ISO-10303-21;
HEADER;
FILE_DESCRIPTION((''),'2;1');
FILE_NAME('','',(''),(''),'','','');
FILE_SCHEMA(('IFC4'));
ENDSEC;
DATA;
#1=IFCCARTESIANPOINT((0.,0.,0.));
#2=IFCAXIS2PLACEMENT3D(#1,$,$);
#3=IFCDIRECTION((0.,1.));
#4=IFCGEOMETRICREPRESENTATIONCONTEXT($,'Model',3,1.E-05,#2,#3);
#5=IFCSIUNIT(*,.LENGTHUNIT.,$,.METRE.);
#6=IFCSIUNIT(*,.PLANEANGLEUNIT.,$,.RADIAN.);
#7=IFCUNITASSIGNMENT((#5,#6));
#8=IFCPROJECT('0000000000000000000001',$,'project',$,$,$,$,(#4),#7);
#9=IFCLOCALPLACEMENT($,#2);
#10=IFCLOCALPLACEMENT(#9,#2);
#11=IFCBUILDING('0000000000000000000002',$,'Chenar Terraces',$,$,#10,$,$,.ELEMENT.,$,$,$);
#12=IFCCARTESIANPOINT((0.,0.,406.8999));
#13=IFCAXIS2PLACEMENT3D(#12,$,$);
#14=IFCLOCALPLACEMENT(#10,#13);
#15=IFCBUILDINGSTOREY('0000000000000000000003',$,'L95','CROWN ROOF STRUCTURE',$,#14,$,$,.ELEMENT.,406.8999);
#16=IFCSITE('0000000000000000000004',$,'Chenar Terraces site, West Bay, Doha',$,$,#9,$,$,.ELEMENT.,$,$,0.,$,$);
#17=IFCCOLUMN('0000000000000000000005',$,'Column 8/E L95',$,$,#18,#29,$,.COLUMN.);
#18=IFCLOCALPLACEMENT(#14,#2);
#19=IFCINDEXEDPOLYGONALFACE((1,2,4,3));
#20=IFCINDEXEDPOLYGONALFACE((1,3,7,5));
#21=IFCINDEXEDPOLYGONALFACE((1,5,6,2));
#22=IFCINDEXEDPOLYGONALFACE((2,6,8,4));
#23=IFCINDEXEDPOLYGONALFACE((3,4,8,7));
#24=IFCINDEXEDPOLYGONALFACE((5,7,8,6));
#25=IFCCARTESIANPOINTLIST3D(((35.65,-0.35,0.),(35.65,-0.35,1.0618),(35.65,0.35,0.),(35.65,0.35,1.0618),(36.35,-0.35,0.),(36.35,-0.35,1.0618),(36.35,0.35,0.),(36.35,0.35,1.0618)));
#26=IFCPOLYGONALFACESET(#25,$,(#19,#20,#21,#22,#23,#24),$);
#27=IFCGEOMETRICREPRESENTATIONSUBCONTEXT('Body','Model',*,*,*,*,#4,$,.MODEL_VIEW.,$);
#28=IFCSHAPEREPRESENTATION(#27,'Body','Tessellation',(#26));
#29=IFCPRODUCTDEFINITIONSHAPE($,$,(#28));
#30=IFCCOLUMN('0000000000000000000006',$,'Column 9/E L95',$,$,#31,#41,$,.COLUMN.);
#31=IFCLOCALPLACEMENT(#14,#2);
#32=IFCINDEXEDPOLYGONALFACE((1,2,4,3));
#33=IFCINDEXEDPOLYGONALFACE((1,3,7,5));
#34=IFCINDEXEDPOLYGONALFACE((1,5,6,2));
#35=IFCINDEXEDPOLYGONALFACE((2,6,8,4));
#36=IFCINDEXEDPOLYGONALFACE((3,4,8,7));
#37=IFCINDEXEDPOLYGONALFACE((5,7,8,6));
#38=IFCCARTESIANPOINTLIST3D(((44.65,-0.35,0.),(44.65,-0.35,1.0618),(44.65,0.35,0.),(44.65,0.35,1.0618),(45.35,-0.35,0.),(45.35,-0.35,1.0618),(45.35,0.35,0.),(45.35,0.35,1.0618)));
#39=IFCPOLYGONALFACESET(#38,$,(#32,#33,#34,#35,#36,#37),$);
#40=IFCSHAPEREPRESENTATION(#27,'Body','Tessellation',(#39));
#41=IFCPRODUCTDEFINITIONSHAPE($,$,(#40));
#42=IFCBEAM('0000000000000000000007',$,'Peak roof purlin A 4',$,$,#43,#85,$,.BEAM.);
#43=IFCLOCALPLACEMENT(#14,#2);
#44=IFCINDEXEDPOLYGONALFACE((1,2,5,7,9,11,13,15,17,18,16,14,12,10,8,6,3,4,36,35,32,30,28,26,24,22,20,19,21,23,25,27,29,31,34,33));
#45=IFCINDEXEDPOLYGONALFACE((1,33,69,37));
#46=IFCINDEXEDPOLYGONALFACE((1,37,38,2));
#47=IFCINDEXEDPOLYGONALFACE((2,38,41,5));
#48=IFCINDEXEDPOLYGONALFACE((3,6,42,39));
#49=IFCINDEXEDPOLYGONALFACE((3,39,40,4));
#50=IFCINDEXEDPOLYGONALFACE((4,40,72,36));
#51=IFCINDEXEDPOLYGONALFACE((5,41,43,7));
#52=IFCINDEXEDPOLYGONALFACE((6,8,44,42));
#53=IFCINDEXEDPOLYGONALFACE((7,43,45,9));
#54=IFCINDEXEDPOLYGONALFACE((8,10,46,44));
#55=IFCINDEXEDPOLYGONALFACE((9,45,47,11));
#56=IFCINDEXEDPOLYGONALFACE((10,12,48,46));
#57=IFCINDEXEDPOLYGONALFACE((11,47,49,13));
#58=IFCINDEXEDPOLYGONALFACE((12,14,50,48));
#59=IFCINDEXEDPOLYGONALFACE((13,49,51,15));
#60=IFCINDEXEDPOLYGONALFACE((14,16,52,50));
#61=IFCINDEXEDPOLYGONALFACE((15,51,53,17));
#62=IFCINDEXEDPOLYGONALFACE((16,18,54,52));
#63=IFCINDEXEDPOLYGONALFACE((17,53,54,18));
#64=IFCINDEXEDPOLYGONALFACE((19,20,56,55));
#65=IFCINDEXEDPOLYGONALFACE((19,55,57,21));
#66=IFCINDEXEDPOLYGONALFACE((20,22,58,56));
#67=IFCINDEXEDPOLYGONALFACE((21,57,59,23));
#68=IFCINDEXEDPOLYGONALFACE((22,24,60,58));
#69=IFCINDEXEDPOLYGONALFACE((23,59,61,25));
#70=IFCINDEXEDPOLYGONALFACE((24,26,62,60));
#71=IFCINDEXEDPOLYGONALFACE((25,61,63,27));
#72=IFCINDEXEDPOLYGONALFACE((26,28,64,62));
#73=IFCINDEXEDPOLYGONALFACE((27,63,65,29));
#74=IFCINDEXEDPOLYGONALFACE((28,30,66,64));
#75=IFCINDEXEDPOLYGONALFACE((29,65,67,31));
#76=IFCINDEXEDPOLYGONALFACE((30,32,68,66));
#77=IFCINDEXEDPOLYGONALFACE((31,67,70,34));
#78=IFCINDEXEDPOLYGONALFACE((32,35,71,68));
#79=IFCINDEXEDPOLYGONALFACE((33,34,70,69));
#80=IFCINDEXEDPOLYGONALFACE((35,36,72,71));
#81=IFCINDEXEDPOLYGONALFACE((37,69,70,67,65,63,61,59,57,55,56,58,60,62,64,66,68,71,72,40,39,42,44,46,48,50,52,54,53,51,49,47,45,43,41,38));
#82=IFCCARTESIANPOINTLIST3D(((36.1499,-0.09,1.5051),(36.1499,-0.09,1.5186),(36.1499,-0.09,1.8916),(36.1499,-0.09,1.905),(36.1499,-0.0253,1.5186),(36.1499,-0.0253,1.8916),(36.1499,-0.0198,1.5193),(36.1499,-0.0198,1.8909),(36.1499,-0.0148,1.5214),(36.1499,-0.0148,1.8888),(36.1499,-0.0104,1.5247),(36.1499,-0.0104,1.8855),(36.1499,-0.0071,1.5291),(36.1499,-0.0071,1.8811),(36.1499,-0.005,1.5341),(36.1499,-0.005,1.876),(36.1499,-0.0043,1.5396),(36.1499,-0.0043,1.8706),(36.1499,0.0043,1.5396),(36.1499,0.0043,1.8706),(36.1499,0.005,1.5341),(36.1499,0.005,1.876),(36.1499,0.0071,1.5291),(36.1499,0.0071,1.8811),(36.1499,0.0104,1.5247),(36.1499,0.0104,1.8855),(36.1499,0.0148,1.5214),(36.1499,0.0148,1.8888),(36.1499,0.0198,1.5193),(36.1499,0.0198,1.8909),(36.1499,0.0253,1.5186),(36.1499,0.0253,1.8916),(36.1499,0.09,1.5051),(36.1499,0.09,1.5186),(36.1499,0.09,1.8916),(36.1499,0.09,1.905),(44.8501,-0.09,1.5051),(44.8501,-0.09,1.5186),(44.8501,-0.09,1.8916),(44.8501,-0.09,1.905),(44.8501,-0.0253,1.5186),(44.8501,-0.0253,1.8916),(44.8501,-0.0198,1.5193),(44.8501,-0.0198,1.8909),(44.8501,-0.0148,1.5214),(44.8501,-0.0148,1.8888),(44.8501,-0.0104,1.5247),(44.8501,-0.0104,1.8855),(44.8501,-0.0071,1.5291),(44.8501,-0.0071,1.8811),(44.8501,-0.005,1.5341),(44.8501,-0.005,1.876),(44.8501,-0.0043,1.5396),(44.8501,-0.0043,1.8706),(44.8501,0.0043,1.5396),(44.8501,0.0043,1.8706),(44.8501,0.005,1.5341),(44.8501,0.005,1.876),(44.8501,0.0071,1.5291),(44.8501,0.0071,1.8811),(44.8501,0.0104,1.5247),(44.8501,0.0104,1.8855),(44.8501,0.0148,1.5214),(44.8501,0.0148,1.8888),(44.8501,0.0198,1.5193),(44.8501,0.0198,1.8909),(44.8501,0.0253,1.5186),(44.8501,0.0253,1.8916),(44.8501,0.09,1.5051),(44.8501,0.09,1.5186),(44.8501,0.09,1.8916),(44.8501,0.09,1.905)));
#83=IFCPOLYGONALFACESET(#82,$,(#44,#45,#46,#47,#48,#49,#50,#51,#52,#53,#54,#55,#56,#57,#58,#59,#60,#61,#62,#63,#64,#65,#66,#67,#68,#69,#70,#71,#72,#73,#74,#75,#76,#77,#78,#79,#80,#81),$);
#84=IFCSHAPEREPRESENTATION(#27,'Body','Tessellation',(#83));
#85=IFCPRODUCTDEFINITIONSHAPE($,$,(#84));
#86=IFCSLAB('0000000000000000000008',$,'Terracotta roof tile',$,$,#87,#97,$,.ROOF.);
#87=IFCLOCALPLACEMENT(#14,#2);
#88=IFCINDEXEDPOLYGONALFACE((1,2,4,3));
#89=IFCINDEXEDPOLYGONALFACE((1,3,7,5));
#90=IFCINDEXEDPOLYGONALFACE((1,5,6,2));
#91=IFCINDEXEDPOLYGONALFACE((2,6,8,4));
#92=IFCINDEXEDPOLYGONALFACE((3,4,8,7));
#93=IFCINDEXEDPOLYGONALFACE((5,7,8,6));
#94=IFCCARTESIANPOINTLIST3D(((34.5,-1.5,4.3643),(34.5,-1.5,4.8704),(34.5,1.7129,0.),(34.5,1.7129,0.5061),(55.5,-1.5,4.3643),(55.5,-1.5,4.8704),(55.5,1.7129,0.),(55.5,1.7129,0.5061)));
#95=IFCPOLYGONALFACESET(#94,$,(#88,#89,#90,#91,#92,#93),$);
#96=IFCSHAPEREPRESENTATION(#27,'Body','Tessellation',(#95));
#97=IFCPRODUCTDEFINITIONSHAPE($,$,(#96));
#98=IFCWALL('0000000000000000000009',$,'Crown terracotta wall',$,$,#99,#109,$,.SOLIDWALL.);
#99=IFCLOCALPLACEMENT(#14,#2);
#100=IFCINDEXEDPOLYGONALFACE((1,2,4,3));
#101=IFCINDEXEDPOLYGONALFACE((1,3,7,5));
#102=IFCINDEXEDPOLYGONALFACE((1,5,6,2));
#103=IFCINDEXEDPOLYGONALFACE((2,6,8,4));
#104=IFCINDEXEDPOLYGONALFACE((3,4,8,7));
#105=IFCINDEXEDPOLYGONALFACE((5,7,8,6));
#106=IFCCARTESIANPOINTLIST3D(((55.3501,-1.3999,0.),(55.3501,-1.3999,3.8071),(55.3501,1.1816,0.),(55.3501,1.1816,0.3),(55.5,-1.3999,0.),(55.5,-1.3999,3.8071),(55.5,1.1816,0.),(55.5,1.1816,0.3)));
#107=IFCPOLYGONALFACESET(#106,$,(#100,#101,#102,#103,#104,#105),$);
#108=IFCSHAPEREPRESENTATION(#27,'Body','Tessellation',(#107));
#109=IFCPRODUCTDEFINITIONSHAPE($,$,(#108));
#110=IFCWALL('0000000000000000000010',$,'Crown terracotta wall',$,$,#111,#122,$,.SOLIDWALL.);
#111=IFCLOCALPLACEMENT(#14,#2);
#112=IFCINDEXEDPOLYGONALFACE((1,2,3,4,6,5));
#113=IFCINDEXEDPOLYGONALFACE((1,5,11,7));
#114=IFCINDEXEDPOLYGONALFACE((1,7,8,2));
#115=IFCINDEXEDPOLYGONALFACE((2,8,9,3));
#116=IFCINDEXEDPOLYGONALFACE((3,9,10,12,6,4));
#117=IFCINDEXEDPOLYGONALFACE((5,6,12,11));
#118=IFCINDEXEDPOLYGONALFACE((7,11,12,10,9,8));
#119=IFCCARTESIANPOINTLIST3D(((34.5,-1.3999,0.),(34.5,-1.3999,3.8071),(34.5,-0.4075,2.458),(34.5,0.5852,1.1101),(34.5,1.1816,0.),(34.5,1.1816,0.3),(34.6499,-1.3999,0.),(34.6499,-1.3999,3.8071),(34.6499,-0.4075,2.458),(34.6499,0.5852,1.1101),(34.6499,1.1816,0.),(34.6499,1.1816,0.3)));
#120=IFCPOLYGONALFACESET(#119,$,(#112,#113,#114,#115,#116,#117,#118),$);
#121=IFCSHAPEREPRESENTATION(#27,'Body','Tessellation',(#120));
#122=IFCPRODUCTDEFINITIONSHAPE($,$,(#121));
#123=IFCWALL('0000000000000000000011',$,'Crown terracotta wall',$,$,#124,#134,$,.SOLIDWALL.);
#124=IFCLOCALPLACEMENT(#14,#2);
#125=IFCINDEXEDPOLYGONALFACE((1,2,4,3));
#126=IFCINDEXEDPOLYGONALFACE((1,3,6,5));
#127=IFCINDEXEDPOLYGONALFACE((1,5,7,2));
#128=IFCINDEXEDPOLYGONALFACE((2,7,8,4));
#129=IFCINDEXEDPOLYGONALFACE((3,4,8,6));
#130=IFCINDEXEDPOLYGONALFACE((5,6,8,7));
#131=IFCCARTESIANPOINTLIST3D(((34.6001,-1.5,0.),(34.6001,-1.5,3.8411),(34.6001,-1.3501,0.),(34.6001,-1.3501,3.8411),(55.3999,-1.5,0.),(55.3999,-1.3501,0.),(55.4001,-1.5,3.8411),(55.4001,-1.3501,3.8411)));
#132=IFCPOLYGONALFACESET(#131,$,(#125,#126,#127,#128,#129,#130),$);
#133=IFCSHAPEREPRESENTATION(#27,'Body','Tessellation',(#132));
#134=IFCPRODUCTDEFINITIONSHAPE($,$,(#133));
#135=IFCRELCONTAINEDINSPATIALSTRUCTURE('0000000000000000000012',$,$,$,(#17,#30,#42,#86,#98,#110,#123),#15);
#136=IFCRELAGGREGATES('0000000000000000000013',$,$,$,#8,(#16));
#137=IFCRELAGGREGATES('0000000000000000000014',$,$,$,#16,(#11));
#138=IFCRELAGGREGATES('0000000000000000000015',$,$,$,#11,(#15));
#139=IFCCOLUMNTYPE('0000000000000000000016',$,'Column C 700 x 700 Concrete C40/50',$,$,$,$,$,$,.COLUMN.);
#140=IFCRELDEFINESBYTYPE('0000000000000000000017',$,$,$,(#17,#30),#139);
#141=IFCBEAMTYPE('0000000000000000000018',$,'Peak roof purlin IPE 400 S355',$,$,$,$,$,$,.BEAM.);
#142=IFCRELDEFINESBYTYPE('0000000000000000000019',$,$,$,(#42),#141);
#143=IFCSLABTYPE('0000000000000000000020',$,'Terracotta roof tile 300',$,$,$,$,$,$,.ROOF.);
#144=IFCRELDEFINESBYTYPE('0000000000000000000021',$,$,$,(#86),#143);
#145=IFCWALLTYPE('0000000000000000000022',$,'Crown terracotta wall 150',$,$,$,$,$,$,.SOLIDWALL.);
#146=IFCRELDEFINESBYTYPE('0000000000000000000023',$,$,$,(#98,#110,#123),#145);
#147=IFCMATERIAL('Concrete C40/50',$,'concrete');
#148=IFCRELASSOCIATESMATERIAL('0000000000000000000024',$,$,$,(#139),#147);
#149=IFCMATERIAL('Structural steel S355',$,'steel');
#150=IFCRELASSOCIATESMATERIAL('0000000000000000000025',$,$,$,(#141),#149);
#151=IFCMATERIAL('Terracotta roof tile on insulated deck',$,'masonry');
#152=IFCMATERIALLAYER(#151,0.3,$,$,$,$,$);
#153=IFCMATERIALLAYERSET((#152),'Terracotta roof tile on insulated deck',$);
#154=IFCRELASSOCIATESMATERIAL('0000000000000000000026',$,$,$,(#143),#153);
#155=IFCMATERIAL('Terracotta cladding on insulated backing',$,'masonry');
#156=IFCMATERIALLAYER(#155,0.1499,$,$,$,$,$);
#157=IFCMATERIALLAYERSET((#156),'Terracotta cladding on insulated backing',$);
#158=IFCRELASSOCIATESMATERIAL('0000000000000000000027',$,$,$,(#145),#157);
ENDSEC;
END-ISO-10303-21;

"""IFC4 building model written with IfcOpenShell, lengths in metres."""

from ifc_helpers import new_model, si_unit, direction, frame, origin, origin_2d, place, context, subcontext, project, spatial, polyline, rectangle, i_section, outline, extrude, material, layer, layer_set, material_profile, profile_set, type_object, element, save


model = new_model("IFC4")

# Units and contexts
model_context = context("Model", 3, precision=1e-05, world=origin(), true_north=direction((0.0, 1.0)))
body_context = subcontext(model_context, "Body", "Model", "MODEL_VIEW")
ifc_project = project(units=[si_unit("LENGTHUNIT", "METRE"), si_unit("PLANEANGLEUNIT", "RADIAN")], contexts=[model_context])

# Site, building, storey
site_placement = place(None, origin())
site = spatial("IfcSite", under=ifc_project, at=site_placement, Name="Chenar Terraces site, West Bay, Doha", CompositionType="ELEMENT", RefElevation=0.0)
building_placement = place(site_placement, origin())
building = spatial("IfcBuilding", under=site, at=building_placement, Name="Chenar Terraces", CompositionType="ELEMENT")
storey_placement = place(building_placement, frame((0.0, 0.0, 406.8999)))
storey = spatial("IfcBuildingStorey", under=building, at=storey_placement, Name="L95", Description="CROWN ROOF STRUCTURE", CompositionType="ELEMENT", Elevation=406.8999)

# Columns
ifc_material_1 = material(Name="Concrete C40/50", Category="concrete")
ifc_material_profile_1 = material_profile(ifc_material_1, rectangle(XDim=0.7, YDim=0.7, at=origin_2d()), Name="C 700 x 700")
ifc_profile_set_1 = profile_set([ifc_material_profile_1], Name="Concrete C40/50")
column_type = type_object("IfcColumnType", Name="Column C 700 x 700 Concrete C40/50", PredefinedType="COLUMN", material=ifc_profile_set_1)
for number, where, z_axis, x_axis, name in (
    (1, (36.0, 0.0, 0.0), (0.0, 0.0, 1.0), (1.0, 0.0, 0.0), "Column 8/E L95"),
    (2, (45.0, 0.0, 0.0), (0.0, 0.0, 1.0), (1.0, 0.0, 0.0), "Column 9/E L95"),
):
    element("IfcColumn", number, at=place(storey_placement, frame(where, z_axis=z_axis, x_axis=x_axis)), inside=storey, type_object=column_type, Name=name, PredefinedType="COLUMN", context=body_context, shape_type="SweptSolid", body=[
        extrude(rectangle(XDim=0.7, YDim=0.7, at=origin_2d()), origin(), (0.0, 0.0, 1.0), 1.0618),
    ])

# Beam
ifc_material_2 = material(Name="Structural steel S355", Category="steel")
ifc_material_profile_2 = material_profile(ifc_material_2, i_section(OverallWidth=0.1799, OverallDepth=0.3999, WebThickness=0.0085, FlangeThickness=0.0134, FilletRadius=0.021, at=origin_2d()), Name="IPE 400")
ifc_profile_set_2 = profile_set([ifc_material_profile_2], Name="Structural steel S355")
beam_type = type_object("IfcBeamType", Name="Peak roof purlin IPE 400 S355", PredefinedType="BEAM", material=ifc_profile_set_2)
beam_placement = place(storey_placement, frame((36.1499, 0.0, 1.7051), z_axis=(1.0, 0.0, 0.0), x_axis=(0.0, 1.0, 0.0)))
element("IfcBeam", 3, at=beam_placement, inside=storey, type_object=beam_type, Name="Peak roof purlin A 4", PredefinedType="BEAM", context=body_context, shape_type="SweptSolid", body=[
    extrude(i_section(OverallWidth=0.1799, OverallDepth=0.3999, WebThickness=0.0085, FlangeThickness=0.0134, FilletRadius=0.021, at=origin_2d()), origin(), (0.0, 0.0, 1.0), 8.7002),
])

# Slab
ifc_material_3 = material(Name="Terracotta roof tile on insulated deck", Category="masonry")
ifc_layer_1 = layer(ifc_material_3, 0.3)
ifc_layer_set_1 = layer_set([ifc_layer_1], Name="Terracotta roof tile on insulated deck")
slab_type = type_object("IfcSlabType", Name="Terracotta roof tile 300", PredefinedType="ROOF", material=ifc_layer_set_1)
slab_placement = place(storey_placement, frame((34.5, -1.5, 4.8704), z_axis=(0.0, 0.805309, 0.592855), x_axis=(0.0, 0.592855, -0.805309)))
element("IfcSlab", 4, at=slab_placement, inside=storey, type_object=slab_type, Name="Terracotta roof tile", PredefinedType="ROOF", context=body_context, shape_type="SweptSolid", body=[
    extrude(outline(polyline([(0.0, 0.0), (5.4194, 0.0), (5.4194, -21.0), (0.0, -21.0), (0.0, 0.0)])), origin(), (0.805309, 0.0, -0.592855), 0.5061),
])

# Walls
ifc_material_4 = material(Name="Terracotta cladding on insulated backing", Category="masonry")
ifc_layer_2 = layer(ifc_material_4, 0.1499)
ifc_layer_set_2 = layer_set([ifc_layer_2], Name="Terracotta cladding on insulated backing")
wall_type = type_object("IfcWallType", Name="Crown terracotta wall 150", PredefinedType="SOLIDWALL", material=ifc_layer_set_2)
wall_1_placement = place(storey_placement, frame((55.425, -1.3999, 0.0), z_axis=(0.0, 0.0, 1.0), x_axis=(0.0, 1.0, 0.0)))
element("IfcWall", 5, at=wall_1_placement, inside=storey, type_object=wall_type, Name="Crown terracotta wall", PredefinedType="SOLIDWALL", context=body_context, shape_type="SweptSolid", body=[
    extrude(outline(polyline([(0.0, 0.0), (2.5815, 0.0), (2.5815, 0.3), (0.0, 3.8071), (0.0, 0.0)])), frame((0.0, 0.075, 0.0), z_axis=(0.0, -1.0, 0.0), x_axis=(1.0, 0.0, 0.0)), (0.0, 0.0, 1.0), 0.1499),
])
wall_2_placement = place(storey_placement, frame((34.575, 1.1816, 0.0), z_axis=(0.0, 0.0, 1.0), x_axis=(0.0, -1.0, 0.0)))
element("IfcWall", 6, at=wall_2_placement, inside=storey, type_object=wall_type, Name="Crown terracotta wall", PredefinedType="SOLIDWALL", context=body_context, shape_type="SweptSolid", body=[
    extrude(outline(polyline([(0.0, 0.0), (2.5815, 0.0), (2.5815, 3.8071), (1.5891, 2.458), (0.5964, 1.1101), (0.0, 0.3), (0.0, 0.0)])), frame((0.0, 0.075, 0.0), z_axis=(0.0, -1.0, 0.0), x_axis=(1.0, 0.0, 0.0)), (0.0, 0.0, 1.0), 0.1499),
])
wall_3_placement = place(storey_placement, frame((34.6001, -1.425, 0.0), z_axis=(0.0, 0.0, 1.0), x_axis=(1.0, 0.0, 0.0)))
element("IfcWall", 7, at=wall_3_placement, inside=storey, type_object=wall_type, Name="Crown terracotta wall", PredefinedType="SOLIDWALL", context=body_context, shape_type="SweptSolid", body=[
    extrude(outline(polyline([(0.0, 0.0), (20.7998, 0.0), (20.8, 3.8411), (0.0, 3.8411), (0.0, 0.0)])), frame((0.0, 0.075, 0.0), z_axis=(0.0, -1.0, 0.0), x_axis=(1.0, 0.0, 0.0)), (0.0, 0.0, 1.0), 0.1499),
])

save(model, "model.ifc")
